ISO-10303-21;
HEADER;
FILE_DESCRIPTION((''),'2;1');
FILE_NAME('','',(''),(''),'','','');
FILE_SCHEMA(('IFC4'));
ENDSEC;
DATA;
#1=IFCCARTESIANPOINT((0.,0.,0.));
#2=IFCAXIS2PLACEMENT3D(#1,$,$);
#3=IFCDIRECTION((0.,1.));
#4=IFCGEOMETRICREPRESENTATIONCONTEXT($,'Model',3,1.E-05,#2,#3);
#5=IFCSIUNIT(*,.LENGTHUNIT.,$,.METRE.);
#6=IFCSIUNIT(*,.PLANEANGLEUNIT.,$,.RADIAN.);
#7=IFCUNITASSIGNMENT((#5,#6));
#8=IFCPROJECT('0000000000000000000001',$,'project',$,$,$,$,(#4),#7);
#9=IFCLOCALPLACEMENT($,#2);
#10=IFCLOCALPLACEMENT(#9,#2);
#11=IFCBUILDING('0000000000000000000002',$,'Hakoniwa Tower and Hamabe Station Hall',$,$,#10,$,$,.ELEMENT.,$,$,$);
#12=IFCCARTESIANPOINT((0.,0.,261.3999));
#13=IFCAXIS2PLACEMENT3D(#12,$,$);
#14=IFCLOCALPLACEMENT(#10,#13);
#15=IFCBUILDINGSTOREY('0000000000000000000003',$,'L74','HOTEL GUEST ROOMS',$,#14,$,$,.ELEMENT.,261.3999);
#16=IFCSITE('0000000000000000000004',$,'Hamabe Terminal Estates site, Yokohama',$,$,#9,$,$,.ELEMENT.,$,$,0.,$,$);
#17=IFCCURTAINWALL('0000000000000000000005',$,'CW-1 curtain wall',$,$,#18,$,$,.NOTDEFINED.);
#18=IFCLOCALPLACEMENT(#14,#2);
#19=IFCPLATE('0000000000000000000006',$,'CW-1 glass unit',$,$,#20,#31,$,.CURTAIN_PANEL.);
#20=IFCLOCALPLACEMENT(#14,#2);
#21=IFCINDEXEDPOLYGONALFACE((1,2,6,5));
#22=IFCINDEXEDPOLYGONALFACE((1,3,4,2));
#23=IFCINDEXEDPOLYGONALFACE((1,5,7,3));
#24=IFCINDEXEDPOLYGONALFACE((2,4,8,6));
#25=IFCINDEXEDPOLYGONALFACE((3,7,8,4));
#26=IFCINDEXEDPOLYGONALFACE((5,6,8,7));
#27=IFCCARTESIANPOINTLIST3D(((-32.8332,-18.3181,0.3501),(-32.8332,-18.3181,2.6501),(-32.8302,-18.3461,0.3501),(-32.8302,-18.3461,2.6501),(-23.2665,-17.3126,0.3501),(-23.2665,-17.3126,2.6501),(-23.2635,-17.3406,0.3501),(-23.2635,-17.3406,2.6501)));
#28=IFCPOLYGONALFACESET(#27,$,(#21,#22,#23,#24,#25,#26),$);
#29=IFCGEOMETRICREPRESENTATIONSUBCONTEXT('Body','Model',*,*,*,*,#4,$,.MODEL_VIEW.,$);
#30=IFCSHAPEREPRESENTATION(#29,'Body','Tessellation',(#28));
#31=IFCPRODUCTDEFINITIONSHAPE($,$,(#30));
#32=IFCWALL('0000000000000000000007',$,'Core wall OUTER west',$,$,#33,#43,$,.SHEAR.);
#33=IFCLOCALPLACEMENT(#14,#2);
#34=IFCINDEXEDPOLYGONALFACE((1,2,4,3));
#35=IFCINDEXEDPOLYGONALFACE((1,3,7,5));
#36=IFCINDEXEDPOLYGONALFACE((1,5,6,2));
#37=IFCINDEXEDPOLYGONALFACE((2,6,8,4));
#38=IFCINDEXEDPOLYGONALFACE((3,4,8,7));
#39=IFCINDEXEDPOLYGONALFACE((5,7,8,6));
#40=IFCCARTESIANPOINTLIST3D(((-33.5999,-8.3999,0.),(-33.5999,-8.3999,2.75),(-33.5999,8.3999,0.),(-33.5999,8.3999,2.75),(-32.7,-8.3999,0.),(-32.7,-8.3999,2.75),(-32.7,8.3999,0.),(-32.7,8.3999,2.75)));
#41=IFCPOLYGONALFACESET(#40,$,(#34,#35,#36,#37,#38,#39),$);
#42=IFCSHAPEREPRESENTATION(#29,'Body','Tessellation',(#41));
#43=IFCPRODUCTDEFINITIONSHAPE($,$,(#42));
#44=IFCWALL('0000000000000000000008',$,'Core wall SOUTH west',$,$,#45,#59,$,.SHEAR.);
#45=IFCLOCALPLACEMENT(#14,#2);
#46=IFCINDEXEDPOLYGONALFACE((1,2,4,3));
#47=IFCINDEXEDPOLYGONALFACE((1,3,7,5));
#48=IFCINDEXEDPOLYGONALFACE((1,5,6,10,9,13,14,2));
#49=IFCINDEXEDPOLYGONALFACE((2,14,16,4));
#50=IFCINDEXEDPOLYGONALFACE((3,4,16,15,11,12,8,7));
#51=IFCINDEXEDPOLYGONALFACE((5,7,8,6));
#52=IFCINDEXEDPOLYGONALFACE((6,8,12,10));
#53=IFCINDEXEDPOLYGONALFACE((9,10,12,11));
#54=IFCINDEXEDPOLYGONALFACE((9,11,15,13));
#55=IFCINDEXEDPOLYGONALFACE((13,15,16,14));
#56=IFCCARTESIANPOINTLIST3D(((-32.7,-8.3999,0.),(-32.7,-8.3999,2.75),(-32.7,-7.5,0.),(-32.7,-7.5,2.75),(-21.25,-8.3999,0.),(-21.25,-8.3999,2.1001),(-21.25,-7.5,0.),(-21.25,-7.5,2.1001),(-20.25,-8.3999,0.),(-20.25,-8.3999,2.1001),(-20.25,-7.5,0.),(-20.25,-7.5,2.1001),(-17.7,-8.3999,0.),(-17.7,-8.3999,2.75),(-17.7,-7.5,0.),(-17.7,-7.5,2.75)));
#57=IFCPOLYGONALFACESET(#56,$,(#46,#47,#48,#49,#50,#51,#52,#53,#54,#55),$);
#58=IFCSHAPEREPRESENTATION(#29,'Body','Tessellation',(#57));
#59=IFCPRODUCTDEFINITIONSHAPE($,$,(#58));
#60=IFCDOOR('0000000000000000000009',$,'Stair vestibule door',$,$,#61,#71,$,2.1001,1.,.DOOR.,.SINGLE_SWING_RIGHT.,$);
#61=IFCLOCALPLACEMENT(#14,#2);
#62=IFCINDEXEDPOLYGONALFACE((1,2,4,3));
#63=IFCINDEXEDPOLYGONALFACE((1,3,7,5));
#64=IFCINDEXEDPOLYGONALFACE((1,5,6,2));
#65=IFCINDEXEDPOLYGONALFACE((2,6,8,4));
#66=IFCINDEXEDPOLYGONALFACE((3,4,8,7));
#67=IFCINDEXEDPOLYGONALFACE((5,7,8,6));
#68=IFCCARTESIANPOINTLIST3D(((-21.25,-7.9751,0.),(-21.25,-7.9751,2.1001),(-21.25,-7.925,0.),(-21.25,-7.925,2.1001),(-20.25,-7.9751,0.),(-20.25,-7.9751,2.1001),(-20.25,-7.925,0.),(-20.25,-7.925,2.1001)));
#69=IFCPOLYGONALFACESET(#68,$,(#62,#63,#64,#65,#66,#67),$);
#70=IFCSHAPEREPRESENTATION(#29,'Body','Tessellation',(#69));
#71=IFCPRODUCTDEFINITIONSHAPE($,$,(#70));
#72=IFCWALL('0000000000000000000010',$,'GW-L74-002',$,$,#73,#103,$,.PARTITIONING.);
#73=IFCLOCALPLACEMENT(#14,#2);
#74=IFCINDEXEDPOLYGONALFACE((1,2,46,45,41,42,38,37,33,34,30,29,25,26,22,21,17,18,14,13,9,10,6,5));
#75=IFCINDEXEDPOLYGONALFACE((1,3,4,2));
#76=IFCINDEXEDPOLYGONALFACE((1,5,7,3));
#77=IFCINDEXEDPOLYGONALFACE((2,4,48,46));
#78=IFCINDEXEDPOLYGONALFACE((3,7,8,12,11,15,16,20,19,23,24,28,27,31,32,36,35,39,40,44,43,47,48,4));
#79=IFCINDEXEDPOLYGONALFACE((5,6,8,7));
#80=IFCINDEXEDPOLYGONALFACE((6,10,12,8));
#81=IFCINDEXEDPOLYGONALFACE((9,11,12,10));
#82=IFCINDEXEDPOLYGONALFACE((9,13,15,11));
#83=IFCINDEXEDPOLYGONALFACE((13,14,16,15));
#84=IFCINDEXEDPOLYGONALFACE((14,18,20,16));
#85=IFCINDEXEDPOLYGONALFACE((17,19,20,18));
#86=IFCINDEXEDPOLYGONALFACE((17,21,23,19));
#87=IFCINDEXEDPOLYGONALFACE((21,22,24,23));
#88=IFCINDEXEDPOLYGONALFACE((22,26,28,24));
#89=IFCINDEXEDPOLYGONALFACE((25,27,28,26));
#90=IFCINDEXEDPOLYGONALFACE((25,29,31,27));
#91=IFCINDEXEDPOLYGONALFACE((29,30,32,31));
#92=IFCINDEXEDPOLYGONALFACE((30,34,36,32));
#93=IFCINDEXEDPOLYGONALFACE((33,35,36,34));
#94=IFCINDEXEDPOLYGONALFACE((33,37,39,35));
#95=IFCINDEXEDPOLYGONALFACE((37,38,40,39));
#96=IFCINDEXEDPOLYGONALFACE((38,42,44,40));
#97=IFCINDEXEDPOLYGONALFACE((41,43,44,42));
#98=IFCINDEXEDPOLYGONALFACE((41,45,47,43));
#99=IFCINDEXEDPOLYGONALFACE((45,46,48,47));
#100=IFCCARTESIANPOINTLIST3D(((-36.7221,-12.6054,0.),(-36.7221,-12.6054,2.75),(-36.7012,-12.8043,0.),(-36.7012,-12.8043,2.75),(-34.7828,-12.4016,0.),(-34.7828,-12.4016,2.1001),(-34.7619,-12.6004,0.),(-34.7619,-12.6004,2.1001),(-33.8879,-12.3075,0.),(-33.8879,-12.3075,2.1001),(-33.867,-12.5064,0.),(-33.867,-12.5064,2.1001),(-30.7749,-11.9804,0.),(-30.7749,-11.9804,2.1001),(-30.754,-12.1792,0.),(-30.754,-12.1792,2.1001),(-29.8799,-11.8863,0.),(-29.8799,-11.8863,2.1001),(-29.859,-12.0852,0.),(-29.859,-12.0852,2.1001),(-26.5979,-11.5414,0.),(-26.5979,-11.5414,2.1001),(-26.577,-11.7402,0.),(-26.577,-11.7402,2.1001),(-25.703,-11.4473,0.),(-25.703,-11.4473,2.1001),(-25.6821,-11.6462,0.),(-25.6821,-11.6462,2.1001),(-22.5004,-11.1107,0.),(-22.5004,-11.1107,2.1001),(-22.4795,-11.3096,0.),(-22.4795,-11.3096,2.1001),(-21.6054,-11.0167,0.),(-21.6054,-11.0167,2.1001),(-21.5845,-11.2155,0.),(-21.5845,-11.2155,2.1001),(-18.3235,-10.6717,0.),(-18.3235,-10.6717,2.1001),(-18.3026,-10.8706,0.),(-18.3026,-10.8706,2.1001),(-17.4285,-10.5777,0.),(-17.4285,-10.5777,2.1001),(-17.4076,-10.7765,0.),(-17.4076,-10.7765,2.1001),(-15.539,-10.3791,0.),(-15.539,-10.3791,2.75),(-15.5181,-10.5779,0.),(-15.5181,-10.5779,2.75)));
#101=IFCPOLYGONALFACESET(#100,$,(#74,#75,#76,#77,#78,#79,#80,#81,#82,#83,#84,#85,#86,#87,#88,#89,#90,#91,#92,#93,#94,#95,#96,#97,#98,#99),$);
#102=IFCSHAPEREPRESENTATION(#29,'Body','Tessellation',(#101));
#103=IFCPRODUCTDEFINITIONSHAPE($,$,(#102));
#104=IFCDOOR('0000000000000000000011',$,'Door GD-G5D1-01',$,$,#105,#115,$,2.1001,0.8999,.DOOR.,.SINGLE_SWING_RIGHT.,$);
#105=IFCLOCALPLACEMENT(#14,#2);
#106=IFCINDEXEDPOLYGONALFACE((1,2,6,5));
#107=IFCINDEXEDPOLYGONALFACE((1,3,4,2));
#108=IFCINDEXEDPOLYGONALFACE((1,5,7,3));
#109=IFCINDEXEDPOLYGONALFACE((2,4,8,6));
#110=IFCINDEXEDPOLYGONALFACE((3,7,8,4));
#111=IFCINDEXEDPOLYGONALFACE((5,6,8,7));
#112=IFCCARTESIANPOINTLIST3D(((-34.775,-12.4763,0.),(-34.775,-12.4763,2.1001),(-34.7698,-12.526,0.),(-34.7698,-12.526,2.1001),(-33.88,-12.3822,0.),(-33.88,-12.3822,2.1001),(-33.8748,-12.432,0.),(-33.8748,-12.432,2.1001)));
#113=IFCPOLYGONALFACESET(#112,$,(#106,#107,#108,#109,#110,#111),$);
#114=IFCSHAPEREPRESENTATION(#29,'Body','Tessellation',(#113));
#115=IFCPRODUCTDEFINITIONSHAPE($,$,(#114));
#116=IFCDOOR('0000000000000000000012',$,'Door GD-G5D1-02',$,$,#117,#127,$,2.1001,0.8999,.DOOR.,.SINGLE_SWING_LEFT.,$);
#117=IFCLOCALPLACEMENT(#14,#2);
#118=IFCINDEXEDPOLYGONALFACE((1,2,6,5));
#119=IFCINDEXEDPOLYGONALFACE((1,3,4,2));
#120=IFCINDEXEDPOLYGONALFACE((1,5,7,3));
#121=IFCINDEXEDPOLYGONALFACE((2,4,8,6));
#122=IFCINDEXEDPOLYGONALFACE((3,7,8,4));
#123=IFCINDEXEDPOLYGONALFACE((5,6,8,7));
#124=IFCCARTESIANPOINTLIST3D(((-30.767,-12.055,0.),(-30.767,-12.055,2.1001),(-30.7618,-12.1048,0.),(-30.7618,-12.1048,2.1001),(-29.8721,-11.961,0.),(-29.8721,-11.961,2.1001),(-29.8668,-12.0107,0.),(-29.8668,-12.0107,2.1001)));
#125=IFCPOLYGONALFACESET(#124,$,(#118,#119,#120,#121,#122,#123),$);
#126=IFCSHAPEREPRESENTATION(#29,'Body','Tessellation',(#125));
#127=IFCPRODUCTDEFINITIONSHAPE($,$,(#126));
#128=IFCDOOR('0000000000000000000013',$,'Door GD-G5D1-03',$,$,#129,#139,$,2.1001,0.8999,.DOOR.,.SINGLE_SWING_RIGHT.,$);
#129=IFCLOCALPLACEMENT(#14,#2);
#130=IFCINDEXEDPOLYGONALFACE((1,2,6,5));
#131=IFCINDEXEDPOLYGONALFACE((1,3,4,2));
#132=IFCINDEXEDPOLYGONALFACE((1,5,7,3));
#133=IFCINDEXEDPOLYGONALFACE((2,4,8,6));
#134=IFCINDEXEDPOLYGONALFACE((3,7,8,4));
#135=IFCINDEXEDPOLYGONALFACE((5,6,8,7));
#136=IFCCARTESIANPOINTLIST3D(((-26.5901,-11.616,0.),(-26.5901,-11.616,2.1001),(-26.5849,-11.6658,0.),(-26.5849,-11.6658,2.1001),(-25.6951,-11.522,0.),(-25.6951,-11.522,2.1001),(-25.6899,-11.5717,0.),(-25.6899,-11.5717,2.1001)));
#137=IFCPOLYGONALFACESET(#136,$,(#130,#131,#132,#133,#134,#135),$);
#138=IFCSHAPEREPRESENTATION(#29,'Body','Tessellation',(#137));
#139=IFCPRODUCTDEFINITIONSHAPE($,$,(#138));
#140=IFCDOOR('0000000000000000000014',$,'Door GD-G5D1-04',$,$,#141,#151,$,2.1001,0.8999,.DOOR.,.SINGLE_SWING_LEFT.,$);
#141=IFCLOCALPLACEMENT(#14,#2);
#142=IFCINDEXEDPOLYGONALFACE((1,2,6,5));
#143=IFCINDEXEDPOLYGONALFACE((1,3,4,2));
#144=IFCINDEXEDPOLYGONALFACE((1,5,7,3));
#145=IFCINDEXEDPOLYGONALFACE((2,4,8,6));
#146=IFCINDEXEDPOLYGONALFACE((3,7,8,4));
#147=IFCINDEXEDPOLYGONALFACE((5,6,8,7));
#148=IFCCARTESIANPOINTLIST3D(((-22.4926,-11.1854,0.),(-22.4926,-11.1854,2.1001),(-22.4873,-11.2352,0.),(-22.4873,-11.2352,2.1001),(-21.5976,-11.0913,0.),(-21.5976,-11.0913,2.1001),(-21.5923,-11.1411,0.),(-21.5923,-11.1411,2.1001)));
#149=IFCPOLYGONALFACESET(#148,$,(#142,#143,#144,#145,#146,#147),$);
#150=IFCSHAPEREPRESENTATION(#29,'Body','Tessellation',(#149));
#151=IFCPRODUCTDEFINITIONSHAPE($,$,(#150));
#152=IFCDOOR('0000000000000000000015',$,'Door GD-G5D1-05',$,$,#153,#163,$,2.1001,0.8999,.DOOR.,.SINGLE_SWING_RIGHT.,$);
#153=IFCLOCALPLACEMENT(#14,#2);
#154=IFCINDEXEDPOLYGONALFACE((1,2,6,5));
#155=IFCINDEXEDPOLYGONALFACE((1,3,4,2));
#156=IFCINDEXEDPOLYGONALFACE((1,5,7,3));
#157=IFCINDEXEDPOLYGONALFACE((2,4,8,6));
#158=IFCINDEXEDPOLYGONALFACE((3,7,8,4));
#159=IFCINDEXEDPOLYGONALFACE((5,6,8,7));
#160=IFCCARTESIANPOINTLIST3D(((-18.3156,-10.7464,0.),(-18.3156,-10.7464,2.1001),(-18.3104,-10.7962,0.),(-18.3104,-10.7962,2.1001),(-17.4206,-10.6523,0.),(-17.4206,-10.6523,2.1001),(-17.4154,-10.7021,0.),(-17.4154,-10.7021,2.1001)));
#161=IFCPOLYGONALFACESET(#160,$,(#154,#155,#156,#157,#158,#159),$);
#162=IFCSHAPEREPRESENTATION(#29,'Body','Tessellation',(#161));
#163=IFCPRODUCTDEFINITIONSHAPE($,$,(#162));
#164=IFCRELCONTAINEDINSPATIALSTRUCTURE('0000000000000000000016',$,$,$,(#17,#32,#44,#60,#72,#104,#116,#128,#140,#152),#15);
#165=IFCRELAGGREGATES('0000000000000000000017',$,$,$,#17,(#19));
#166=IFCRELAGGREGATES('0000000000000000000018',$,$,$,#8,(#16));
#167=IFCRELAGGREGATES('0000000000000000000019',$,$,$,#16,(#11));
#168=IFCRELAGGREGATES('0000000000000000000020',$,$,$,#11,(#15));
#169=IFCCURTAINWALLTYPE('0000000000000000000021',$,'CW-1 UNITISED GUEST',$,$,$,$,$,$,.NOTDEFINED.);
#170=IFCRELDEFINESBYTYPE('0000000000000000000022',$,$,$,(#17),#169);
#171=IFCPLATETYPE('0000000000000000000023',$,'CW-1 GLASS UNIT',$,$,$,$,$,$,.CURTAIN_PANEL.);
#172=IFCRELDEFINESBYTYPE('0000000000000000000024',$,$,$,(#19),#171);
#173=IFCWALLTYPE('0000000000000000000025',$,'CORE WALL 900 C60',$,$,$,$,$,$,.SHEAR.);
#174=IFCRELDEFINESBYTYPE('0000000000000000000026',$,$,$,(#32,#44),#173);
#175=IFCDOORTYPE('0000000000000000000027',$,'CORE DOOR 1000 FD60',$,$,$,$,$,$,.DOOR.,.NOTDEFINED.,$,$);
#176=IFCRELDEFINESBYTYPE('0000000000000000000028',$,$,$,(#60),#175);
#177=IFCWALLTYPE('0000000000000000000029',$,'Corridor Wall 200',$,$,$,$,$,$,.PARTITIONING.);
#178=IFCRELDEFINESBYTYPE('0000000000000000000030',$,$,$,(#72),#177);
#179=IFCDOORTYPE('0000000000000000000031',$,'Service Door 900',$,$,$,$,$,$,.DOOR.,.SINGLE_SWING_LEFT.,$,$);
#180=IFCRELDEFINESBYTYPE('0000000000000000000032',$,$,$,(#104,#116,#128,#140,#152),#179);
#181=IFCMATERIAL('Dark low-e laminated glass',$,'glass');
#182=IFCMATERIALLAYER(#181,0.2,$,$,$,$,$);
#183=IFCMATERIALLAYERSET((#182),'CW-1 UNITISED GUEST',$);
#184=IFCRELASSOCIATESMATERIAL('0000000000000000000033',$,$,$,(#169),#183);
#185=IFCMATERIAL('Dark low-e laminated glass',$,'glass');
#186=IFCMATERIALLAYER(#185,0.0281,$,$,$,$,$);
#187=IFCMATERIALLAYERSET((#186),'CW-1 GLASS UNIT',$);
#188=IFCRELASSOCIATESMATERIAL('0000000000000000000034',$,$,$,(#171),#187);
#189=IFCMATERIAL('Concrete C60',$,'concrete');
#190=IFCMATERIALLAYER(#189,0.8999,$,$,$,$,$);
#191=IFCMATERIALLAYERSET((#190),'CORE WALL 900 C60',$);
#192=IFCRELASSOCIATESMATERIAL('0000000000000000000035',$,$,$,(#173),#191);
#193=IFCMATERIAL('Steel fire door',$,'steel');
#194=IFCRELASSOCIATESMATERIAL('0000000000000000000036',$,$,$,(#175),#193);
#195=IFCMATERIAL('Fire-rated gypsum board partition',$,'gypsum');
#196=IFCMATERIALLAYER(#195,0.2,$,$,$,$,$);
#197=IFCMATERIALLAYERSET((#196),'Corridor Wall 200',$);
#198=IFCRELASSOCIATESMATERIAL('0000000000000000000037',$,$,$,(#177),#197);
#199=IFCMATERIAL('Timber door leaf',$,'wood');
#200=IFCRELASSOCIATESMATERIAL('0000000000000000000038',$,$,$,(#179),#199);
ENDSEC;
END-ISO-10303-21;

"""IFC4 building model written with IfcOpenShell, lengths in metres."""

from ifc_helpers import new_model, si_unit, direction, frame, frame_2d, origin, origin_2d, place, context, subcontext, project, spatial, rectangle, extrude, material, layer, layer_set, type_object, element, fill, aggregate, save


model = new_model("IFC4")

# Units and contexts
model_context = context("Model", 3, precision=1e-05, world=origin(), true_north=direction((0.0, 1.0)))
body_context = subcontext(model_context, "Body", "Model", "MODEL_VIEW")
ifc_project = project(units=[si_unit("LENGTHUNIT", "METRE"), si_unit("PLANEANGLEUNIT", "RADIAN")], contexts=[model_context])

# Site, building, storey
site_placement = place(None, origin())
site = spatial("IfcSite", under=ifc_project, at=site_placement, Name="Hamabe Terminal Estates site, Yokohama", CompositionType="ELEMENT", RefElevation=0.0)
building_placement = place(site_placement, origin())
building = spatial("IfcBuilding", under=site, at=building_placement, Name="Hakoniwa Tower and Hamabe Station Hall", CompositionType="ELEMENT")
storey_placement = place(building_placement, frame((0.0, 0.0, 261.3999)))
storey = spatial("IfcBuildingStorey", under=building, at=storey_placement, Name="L74", Description="HOTEL GUEST ROOMS", CompositionType="ELEMENT", Elevation=261.3999)

# Curtain wall
ifc_material_1 = material(Name="Dark low-e laminated glass", Category="glass")
ifc_layer_1 = layer(ifc_material_1, 0.2)
ifc_layer_set_1 = layer_set([ifc_layer_1], Name="CW-1 UNITISED GUEST")
curtain_wall_type = type_object("IfcCurtainWallType", Name="CW-1 UNITISED GUEST", PredefinedType="NOTDEFINED", material=ifc_layer_set_1)
curtain_wall_1_placement = place(storey_placement, origin())
curtain_wall_1 = element("IfcCurtainWall", 1, at=curtain_wall_1_placement, inside=storey, type_object=curtain_wall_type, Name="CW-1 curtain wall", PredefinedType="NOTDEFINED")

# Plate
ifc_material_2 = material(Name="Dark low-e laminated glass", Category="glass")
ifc_layer_2 = layer(ifc_material_2, 0.0281)
ifc_layer_set_2 = layer_set([ifc_layer_2], Name="CW-1 GLASS UNIT")
plate_type = type_object("IfcPlateType", Name="CW-1 GLASS UNIT", PredefinedType="CURTAIN_PANEL", material=ifc_layer_set_2)
plate_1_placement = place(storey_placement, frame((-28.0483, -17.8293, 0.3501), z_axis=(0.0, 0.0, 1.0), x_axis=(0.994522, 0.104528, 0.0)))
plate_1 = element("IfcPlate", 2, at=plate_1_placement, type_object=plate_type, Name="CW-1 glass unit", PredefinedType="CURTAIN_PANEL", context=body_context, shape_type="SweptSolid", body=[
    extrude(rectangle(XDim=9.6194, YDim=0.0281, at=origin_2d()), origin(), (0.0, 0.0, 1.0), 2.3),
])
aggregate(curtain_wall_1, [plate_1])

# Wall
ifc_material_3 = material(Name="Concrete C60", Category="concrete")
ifc_layer_3 = layer(ifc_material_3, 0.8999)
ifc_layer_set_3 = layer_set([ifc_layer_3], Name="CORE WALL 900 C60")
wall_type_1 = type_object("IfcWallType", Name="CORE WALL 900 C60", PredefinedType="SHEAR", material=ifc_layer_set_3)
wall_1_placement = place(storey_placement, frame((-33.1499, -8.3999, 0.0), z_axis=(0.0, 0.0, 1.0), x_axis=(0.0, 1.0, 0.0)))
element("IfcWall", 3, at=wall_1_placement, inside=storey, type_object=wall_type_1, Name="Core wall OUTER west", PredefinedType="SHEAR", context=body_context, shape_type="SweptSolid", body=[
    extrude(rectangle(XDim=16.7998, YDim=0.8999, at=frame_2d((8.3999, 0.0))), origin(), (0.0, 0.0, 1.0), 2.75),
])

# Wall, opening, door
wall_2_placement = place(storey_placement, frame((-32.7, -7.95, 0.0), z_axis=(0.0, 0.0, 1.0), x_axis=(1.0, 0.0, 0.0)))
wall_2 = element("IfcWall", 4, at=wall_2_placement, inside=storey, type_object=wall_type_1, Name="Core wall SOUTH west", PredefinedType="SHEAR", context=body_context, shape_type="SweptSolid", body=[
    extrude(rectangle(XDim=15.0, YDim=0.8999, at=frame_2d((7.5, 0.0))), origin(), (0.0, 0.0, 1.0), 2.75),
])
opening_1_placement = place(wall_2_placement, frame((11.45, 0.0, 0.0)))
opening_1 = element("IfcOpeningElement", 5, at=opening_1_placement, cuts=wall_2, PredefinedType="OPENING", context=body_context, shape_type="SweptSolid", body=[
    extrude(rectangle(XDim=1.0, YDim=2.1001, at=frame_2d((0.5, 1.05))), frame((0.0, 0.46, 0.0), z_axis=(0.0, -1.0, 0.0), x_axis=(1.0, 0.0, 0.0)), (0.0, 0.0, 1.0), 0.9199),
])
ifc_material_4 = material(Name="Steel fire door", Category="steel")
door_type_1 = type_object("IfcDoorType", Name="CORE DOOR 1000 FD60", OperationType="NOTDEFINED", PredefinedType="DOOR", material=ifc_material_4)
door_1_placement = place(opening_1_placement, origin())
door_1 = element("IfcDoor", 6, at=door_1_placement, inside=storey, type_object=door_type_1, Name="Stair vestibule door", OperationType="SINGLE_SWING_RIGHT", OverallHeight=2.1001, OverallWidth=1.0, PredefinedType="DOOR", context=body_context, shape_type="SweptSolid", body=[
    extrude(rectangle(XDim=1.0, YDim=2.1001, at=frame_2d((0.5, 1.05))), frame((0.0, 0.0249, 0.0), z_axis=(0.0, -1.0, 0.0), x_axis=(1.0, 0.0, 0.0)), (0.0, 0.0, 1.0), 0.05),
])
fill(opening_1, door_1)

# Wall, openings, doors
ifc_material_5 = material(Name="Fire-rated gypsum board partition", Category="gypsum")
ifc_layer_4 = layer(ifc_material_5, 0.2)
ifc_layer_set_4 = layer_set([ifc_layer_4], Name="Corridor Wall 200")
wall_type_2 = type_object("IfcWallType", Name="Corridor Wall 200", PredefinedType="PARTITIONING", material=ifc_layer_set_4)
wall_3_placement = place(storey_placement, frame((-36.7117, -12.7048, 0.0), z_axis=(0.0, 0.0, 1.0), x_axis=(0.994522, 0.104523, 0.0)))
wall_3 = element("IfcWall", 7, at=wall_3_placement, inside=storey, type_object=wall_type_2, Name="GW-L74-002", PredefinedType="PARTITIONING", context=body_context, shape_type="SweptSolid", body=[
    extrude(rectangle(XDim=21.2998, YDim=0.2, at=frame_2d((10.6499, 0.0))), origin(), (0.0, 0.0, 1.0), 2.75),
])
opening_2_placement = place(wall_3_placement, frame((1.95, 0.0, 0.0)))
opening_2 = element("IfcOpeningElement", 8, at=opening_2_placement, cuts=wall_3, PredefinedType="OPENING", context=body_context, shape_type="SweptSolid", body=[
    extrude(rectangle(XDim=0.8999, YDim=2.1001, at=frame_2d((0.45, 1.05))), frame((0.0, 0.1099, 0.0), z_axis=(0.0, -1.0, 0.0), x_axis=(1.0, 0.0, 0.0)), (0.0, 0.0, 1.0), 0.22),
])
opening_3_placement = place(wall_3_placement, frame((5.98, 0.0, 0.0)))
opening_3 = element("IfcOpeningElement", 9, at=opening_3_placement, cuts=wall_3, PredefinedType="OPENING", context=body_context, shape_type="SweptSolid", body=[
    extrude(rectangle(XDim=0.8999, YDim=2.1001, at=frame_2d((0.45, 1.05))), frame((0.0, 0.1099, 0.0), z_axis=(0.0, -1.0, 0.0), x_axis=(1.0, 0.0, 0.0)), (0.0, 0.0, 1.0), 0.22),
])
opening_4_placement = place(wall_3_placement, frame((10.1799, 0.0, 0.0)))
opening_4 = element("IfcOpeningElement", 10, at=opening_4_placement, cuts=wall_3, PredefinedType="OPENING", context=body_context, shape_type="SweptSolid", body=[
    extrude(rectangle(XDim=0.8999, YDim=2.1001, at=frame_2d((0.45, 1.05))), frame((0.0, 0.1099, 0.0), z_axis=(0.0, -1.0, 0.0), x_axis=(1.0, 0.0, 0.0)), (0.0, 0.0, 1.0), 0.22),
])
opening_5_placement = place(wall_3_placement, frame((14.3, 0.0, 0.0)))
opening_5 = element("IfcOpeningElement", 11, at=opening_5_placement, cuts=wall_3, PredefinedType="OPENING", context=body_context, shape_type="SweptSolid", body=[
    extrude(rectangle(XDim=0.8999, YDim=2.1001, at=frame_2d((0.45, 1.05))), frame((0.0, 0.1099, 0.0), z_axis=(0.0, -1.0, 0.0), x_axis=(1.0, 0.0, 0.0)), (0.0, 0.0, 1.0), 0.22),
])
opening_6_placement = place(wall_3_placement, frame((18.5, 0.0, 0.0)))
opening_6 = element("IfcOpeningElement", 12, at=opening_6_placement, cuts=wall_3, PredefinedType="OPENING", context=body_context, shape_type="SweptSolid", body=[
    extrude(rectangle(XDim=0.8999, YDim=2.1001, at=frame_2d((0.45, 1.05))), frame((0.0, 0.1099, 0.0), z_axis=(0.0, -1.0, 0.0), x_axis=(1.0, 0.0, 0.0)), (0.0, 0.0, 1.0), 0.22),
])
ifc_material_6 = material(Name="Timber door leaf", Category="wood")
door_type_2 = type_object("IfcDoorType", Name="Service Door 900", OperationType="SINGLE_SWING_LEFT", PredefinedType="DOOR", material=ifc_material_6)
door_2_placement = place(opening_2_placement, origin())
door_2 = element("IfcDoor", 13, at=door_2_placement, inside=storey, type_object=door_type_2, Name="Door GD-G5D1-01", OperationType="SINGLE_SWING_RIGHT", OverallHeight=2.1001, OverallWidth=0.8999, PredefinedType="DOOR", context=body_context, shape_type="SweptSolid", body=[
    extrude(rectangle(XDim=0.8999, YDim=2.1001, at=frame_2d((0.45, 1.05))), frame((0.0, 0.0249, 0.0), z_axis=(0.0, -1.0, 0.0), x_axis=(1.0, 0.0, 0.0)), (0.0, 0.0, 1.0), 0.05),
])
fill(opening_2, door_2)
door_3_placement = place(opening_3_placement, origin())
door_3 = element("IfcDoor", 14, at=door_3_placement, inside=storey, type_object=door_type_2, Name="Door GD-G5D1-02", OperationType="SINGLE_SWING_LEFT", OverallHeight=2.1001, OverallWidth=0.8999, PredefinedType="DOOR", context=body_context, shape_type="SweptSolid", body=[
    extrude(rectangle(XDim=0.8999, YDim=2.1001, at=frame_2d((0.45, 1.05))), frame((0.0, 0.0249, 0.0), z_axis=(0.0, -1.0, 0.0), x_axis=(1.0, 0.0, 0.0)), (0.0, 0.0, 1.0), 0.05),
])
fill(opening_3, door_3)
door_4_placement = place(opening_4_placement, origin())
door_4 = element("IfcDoor", 15, at=door_4_placement, inside=storey, type_object=door_type_2, Name="Door GD-G5D1-03", OperationType="SINGLE_SWING_RIGHT", OverallHeight=2.1001, OverallWidth=0.8999, PredefinedType="DOOR", context=body_context, shape_type="SweptSolid", body=[
    extrude(rectangle(XDim=0.8999, YDim=2.1001, at=frame_2d((0.45, 1.05))), frame((0.0, 0.0249, 0.0), z_axis=(0.0, -1.0, 0.0), x_axis=(1.0, 0.0, 0.0)), (0.0, 0.0, 1.0), 0.05),
])
fill(opening_4, door_4)
door_5_placement = place(opening_5_placement, origin())
door_5 = element("IfcDoor", 16, at=door_5_placement, inside=storey, type_object=door_type_2, Name="Door GD-G5D1-04", OperationType="SINGLE_SWING_LEFT", OverallHeight=2.1001, OverallWidth=0.8999, PredefinedType="DOOR", context=body_context, shape_type="SweptSolid", body=[
    extrude(rectangle(XDim=0.8999, YDim=2.1001, at=frame_2d((0.45, 1.05))), frame((0.0, 0.0249, 0.0), z_axis=(0.0, -1.0, 0.0), x_axis=(1.0, 0.0, 0.0)), (0.0, 0.0, 1.0), 0.05),
])
fill(opening_5, door_5)
door_6_placement = place(opening_6_placement, origin())
door_6 = element("IfcDoor", 17, at=door_6_placement, inside=storey, type_object=door_type_2, Name="Door GD-G5D1-05", OperationType="SINGLE_SWING_RIGHT", OverallHeight=2.1001, OverallWidth=0.8999, PredefinedType="DOOR", context=body_context, shape_type="SweptSolid", body=[
    extrude(rectangle(XDim=0.8999, YDim=2.1001, at=frame_2d((0.45, 1.05))), frame((0.0, 0.0249, 0.0), z_axis=(0.0, -1.0, 0.0), x_axis=(1.0, 0.0, 0.0)), (0.0, 0.0, 1.0), 0.05),
])
fill(opening_6, door_6)

save(model, "model.ifc")
